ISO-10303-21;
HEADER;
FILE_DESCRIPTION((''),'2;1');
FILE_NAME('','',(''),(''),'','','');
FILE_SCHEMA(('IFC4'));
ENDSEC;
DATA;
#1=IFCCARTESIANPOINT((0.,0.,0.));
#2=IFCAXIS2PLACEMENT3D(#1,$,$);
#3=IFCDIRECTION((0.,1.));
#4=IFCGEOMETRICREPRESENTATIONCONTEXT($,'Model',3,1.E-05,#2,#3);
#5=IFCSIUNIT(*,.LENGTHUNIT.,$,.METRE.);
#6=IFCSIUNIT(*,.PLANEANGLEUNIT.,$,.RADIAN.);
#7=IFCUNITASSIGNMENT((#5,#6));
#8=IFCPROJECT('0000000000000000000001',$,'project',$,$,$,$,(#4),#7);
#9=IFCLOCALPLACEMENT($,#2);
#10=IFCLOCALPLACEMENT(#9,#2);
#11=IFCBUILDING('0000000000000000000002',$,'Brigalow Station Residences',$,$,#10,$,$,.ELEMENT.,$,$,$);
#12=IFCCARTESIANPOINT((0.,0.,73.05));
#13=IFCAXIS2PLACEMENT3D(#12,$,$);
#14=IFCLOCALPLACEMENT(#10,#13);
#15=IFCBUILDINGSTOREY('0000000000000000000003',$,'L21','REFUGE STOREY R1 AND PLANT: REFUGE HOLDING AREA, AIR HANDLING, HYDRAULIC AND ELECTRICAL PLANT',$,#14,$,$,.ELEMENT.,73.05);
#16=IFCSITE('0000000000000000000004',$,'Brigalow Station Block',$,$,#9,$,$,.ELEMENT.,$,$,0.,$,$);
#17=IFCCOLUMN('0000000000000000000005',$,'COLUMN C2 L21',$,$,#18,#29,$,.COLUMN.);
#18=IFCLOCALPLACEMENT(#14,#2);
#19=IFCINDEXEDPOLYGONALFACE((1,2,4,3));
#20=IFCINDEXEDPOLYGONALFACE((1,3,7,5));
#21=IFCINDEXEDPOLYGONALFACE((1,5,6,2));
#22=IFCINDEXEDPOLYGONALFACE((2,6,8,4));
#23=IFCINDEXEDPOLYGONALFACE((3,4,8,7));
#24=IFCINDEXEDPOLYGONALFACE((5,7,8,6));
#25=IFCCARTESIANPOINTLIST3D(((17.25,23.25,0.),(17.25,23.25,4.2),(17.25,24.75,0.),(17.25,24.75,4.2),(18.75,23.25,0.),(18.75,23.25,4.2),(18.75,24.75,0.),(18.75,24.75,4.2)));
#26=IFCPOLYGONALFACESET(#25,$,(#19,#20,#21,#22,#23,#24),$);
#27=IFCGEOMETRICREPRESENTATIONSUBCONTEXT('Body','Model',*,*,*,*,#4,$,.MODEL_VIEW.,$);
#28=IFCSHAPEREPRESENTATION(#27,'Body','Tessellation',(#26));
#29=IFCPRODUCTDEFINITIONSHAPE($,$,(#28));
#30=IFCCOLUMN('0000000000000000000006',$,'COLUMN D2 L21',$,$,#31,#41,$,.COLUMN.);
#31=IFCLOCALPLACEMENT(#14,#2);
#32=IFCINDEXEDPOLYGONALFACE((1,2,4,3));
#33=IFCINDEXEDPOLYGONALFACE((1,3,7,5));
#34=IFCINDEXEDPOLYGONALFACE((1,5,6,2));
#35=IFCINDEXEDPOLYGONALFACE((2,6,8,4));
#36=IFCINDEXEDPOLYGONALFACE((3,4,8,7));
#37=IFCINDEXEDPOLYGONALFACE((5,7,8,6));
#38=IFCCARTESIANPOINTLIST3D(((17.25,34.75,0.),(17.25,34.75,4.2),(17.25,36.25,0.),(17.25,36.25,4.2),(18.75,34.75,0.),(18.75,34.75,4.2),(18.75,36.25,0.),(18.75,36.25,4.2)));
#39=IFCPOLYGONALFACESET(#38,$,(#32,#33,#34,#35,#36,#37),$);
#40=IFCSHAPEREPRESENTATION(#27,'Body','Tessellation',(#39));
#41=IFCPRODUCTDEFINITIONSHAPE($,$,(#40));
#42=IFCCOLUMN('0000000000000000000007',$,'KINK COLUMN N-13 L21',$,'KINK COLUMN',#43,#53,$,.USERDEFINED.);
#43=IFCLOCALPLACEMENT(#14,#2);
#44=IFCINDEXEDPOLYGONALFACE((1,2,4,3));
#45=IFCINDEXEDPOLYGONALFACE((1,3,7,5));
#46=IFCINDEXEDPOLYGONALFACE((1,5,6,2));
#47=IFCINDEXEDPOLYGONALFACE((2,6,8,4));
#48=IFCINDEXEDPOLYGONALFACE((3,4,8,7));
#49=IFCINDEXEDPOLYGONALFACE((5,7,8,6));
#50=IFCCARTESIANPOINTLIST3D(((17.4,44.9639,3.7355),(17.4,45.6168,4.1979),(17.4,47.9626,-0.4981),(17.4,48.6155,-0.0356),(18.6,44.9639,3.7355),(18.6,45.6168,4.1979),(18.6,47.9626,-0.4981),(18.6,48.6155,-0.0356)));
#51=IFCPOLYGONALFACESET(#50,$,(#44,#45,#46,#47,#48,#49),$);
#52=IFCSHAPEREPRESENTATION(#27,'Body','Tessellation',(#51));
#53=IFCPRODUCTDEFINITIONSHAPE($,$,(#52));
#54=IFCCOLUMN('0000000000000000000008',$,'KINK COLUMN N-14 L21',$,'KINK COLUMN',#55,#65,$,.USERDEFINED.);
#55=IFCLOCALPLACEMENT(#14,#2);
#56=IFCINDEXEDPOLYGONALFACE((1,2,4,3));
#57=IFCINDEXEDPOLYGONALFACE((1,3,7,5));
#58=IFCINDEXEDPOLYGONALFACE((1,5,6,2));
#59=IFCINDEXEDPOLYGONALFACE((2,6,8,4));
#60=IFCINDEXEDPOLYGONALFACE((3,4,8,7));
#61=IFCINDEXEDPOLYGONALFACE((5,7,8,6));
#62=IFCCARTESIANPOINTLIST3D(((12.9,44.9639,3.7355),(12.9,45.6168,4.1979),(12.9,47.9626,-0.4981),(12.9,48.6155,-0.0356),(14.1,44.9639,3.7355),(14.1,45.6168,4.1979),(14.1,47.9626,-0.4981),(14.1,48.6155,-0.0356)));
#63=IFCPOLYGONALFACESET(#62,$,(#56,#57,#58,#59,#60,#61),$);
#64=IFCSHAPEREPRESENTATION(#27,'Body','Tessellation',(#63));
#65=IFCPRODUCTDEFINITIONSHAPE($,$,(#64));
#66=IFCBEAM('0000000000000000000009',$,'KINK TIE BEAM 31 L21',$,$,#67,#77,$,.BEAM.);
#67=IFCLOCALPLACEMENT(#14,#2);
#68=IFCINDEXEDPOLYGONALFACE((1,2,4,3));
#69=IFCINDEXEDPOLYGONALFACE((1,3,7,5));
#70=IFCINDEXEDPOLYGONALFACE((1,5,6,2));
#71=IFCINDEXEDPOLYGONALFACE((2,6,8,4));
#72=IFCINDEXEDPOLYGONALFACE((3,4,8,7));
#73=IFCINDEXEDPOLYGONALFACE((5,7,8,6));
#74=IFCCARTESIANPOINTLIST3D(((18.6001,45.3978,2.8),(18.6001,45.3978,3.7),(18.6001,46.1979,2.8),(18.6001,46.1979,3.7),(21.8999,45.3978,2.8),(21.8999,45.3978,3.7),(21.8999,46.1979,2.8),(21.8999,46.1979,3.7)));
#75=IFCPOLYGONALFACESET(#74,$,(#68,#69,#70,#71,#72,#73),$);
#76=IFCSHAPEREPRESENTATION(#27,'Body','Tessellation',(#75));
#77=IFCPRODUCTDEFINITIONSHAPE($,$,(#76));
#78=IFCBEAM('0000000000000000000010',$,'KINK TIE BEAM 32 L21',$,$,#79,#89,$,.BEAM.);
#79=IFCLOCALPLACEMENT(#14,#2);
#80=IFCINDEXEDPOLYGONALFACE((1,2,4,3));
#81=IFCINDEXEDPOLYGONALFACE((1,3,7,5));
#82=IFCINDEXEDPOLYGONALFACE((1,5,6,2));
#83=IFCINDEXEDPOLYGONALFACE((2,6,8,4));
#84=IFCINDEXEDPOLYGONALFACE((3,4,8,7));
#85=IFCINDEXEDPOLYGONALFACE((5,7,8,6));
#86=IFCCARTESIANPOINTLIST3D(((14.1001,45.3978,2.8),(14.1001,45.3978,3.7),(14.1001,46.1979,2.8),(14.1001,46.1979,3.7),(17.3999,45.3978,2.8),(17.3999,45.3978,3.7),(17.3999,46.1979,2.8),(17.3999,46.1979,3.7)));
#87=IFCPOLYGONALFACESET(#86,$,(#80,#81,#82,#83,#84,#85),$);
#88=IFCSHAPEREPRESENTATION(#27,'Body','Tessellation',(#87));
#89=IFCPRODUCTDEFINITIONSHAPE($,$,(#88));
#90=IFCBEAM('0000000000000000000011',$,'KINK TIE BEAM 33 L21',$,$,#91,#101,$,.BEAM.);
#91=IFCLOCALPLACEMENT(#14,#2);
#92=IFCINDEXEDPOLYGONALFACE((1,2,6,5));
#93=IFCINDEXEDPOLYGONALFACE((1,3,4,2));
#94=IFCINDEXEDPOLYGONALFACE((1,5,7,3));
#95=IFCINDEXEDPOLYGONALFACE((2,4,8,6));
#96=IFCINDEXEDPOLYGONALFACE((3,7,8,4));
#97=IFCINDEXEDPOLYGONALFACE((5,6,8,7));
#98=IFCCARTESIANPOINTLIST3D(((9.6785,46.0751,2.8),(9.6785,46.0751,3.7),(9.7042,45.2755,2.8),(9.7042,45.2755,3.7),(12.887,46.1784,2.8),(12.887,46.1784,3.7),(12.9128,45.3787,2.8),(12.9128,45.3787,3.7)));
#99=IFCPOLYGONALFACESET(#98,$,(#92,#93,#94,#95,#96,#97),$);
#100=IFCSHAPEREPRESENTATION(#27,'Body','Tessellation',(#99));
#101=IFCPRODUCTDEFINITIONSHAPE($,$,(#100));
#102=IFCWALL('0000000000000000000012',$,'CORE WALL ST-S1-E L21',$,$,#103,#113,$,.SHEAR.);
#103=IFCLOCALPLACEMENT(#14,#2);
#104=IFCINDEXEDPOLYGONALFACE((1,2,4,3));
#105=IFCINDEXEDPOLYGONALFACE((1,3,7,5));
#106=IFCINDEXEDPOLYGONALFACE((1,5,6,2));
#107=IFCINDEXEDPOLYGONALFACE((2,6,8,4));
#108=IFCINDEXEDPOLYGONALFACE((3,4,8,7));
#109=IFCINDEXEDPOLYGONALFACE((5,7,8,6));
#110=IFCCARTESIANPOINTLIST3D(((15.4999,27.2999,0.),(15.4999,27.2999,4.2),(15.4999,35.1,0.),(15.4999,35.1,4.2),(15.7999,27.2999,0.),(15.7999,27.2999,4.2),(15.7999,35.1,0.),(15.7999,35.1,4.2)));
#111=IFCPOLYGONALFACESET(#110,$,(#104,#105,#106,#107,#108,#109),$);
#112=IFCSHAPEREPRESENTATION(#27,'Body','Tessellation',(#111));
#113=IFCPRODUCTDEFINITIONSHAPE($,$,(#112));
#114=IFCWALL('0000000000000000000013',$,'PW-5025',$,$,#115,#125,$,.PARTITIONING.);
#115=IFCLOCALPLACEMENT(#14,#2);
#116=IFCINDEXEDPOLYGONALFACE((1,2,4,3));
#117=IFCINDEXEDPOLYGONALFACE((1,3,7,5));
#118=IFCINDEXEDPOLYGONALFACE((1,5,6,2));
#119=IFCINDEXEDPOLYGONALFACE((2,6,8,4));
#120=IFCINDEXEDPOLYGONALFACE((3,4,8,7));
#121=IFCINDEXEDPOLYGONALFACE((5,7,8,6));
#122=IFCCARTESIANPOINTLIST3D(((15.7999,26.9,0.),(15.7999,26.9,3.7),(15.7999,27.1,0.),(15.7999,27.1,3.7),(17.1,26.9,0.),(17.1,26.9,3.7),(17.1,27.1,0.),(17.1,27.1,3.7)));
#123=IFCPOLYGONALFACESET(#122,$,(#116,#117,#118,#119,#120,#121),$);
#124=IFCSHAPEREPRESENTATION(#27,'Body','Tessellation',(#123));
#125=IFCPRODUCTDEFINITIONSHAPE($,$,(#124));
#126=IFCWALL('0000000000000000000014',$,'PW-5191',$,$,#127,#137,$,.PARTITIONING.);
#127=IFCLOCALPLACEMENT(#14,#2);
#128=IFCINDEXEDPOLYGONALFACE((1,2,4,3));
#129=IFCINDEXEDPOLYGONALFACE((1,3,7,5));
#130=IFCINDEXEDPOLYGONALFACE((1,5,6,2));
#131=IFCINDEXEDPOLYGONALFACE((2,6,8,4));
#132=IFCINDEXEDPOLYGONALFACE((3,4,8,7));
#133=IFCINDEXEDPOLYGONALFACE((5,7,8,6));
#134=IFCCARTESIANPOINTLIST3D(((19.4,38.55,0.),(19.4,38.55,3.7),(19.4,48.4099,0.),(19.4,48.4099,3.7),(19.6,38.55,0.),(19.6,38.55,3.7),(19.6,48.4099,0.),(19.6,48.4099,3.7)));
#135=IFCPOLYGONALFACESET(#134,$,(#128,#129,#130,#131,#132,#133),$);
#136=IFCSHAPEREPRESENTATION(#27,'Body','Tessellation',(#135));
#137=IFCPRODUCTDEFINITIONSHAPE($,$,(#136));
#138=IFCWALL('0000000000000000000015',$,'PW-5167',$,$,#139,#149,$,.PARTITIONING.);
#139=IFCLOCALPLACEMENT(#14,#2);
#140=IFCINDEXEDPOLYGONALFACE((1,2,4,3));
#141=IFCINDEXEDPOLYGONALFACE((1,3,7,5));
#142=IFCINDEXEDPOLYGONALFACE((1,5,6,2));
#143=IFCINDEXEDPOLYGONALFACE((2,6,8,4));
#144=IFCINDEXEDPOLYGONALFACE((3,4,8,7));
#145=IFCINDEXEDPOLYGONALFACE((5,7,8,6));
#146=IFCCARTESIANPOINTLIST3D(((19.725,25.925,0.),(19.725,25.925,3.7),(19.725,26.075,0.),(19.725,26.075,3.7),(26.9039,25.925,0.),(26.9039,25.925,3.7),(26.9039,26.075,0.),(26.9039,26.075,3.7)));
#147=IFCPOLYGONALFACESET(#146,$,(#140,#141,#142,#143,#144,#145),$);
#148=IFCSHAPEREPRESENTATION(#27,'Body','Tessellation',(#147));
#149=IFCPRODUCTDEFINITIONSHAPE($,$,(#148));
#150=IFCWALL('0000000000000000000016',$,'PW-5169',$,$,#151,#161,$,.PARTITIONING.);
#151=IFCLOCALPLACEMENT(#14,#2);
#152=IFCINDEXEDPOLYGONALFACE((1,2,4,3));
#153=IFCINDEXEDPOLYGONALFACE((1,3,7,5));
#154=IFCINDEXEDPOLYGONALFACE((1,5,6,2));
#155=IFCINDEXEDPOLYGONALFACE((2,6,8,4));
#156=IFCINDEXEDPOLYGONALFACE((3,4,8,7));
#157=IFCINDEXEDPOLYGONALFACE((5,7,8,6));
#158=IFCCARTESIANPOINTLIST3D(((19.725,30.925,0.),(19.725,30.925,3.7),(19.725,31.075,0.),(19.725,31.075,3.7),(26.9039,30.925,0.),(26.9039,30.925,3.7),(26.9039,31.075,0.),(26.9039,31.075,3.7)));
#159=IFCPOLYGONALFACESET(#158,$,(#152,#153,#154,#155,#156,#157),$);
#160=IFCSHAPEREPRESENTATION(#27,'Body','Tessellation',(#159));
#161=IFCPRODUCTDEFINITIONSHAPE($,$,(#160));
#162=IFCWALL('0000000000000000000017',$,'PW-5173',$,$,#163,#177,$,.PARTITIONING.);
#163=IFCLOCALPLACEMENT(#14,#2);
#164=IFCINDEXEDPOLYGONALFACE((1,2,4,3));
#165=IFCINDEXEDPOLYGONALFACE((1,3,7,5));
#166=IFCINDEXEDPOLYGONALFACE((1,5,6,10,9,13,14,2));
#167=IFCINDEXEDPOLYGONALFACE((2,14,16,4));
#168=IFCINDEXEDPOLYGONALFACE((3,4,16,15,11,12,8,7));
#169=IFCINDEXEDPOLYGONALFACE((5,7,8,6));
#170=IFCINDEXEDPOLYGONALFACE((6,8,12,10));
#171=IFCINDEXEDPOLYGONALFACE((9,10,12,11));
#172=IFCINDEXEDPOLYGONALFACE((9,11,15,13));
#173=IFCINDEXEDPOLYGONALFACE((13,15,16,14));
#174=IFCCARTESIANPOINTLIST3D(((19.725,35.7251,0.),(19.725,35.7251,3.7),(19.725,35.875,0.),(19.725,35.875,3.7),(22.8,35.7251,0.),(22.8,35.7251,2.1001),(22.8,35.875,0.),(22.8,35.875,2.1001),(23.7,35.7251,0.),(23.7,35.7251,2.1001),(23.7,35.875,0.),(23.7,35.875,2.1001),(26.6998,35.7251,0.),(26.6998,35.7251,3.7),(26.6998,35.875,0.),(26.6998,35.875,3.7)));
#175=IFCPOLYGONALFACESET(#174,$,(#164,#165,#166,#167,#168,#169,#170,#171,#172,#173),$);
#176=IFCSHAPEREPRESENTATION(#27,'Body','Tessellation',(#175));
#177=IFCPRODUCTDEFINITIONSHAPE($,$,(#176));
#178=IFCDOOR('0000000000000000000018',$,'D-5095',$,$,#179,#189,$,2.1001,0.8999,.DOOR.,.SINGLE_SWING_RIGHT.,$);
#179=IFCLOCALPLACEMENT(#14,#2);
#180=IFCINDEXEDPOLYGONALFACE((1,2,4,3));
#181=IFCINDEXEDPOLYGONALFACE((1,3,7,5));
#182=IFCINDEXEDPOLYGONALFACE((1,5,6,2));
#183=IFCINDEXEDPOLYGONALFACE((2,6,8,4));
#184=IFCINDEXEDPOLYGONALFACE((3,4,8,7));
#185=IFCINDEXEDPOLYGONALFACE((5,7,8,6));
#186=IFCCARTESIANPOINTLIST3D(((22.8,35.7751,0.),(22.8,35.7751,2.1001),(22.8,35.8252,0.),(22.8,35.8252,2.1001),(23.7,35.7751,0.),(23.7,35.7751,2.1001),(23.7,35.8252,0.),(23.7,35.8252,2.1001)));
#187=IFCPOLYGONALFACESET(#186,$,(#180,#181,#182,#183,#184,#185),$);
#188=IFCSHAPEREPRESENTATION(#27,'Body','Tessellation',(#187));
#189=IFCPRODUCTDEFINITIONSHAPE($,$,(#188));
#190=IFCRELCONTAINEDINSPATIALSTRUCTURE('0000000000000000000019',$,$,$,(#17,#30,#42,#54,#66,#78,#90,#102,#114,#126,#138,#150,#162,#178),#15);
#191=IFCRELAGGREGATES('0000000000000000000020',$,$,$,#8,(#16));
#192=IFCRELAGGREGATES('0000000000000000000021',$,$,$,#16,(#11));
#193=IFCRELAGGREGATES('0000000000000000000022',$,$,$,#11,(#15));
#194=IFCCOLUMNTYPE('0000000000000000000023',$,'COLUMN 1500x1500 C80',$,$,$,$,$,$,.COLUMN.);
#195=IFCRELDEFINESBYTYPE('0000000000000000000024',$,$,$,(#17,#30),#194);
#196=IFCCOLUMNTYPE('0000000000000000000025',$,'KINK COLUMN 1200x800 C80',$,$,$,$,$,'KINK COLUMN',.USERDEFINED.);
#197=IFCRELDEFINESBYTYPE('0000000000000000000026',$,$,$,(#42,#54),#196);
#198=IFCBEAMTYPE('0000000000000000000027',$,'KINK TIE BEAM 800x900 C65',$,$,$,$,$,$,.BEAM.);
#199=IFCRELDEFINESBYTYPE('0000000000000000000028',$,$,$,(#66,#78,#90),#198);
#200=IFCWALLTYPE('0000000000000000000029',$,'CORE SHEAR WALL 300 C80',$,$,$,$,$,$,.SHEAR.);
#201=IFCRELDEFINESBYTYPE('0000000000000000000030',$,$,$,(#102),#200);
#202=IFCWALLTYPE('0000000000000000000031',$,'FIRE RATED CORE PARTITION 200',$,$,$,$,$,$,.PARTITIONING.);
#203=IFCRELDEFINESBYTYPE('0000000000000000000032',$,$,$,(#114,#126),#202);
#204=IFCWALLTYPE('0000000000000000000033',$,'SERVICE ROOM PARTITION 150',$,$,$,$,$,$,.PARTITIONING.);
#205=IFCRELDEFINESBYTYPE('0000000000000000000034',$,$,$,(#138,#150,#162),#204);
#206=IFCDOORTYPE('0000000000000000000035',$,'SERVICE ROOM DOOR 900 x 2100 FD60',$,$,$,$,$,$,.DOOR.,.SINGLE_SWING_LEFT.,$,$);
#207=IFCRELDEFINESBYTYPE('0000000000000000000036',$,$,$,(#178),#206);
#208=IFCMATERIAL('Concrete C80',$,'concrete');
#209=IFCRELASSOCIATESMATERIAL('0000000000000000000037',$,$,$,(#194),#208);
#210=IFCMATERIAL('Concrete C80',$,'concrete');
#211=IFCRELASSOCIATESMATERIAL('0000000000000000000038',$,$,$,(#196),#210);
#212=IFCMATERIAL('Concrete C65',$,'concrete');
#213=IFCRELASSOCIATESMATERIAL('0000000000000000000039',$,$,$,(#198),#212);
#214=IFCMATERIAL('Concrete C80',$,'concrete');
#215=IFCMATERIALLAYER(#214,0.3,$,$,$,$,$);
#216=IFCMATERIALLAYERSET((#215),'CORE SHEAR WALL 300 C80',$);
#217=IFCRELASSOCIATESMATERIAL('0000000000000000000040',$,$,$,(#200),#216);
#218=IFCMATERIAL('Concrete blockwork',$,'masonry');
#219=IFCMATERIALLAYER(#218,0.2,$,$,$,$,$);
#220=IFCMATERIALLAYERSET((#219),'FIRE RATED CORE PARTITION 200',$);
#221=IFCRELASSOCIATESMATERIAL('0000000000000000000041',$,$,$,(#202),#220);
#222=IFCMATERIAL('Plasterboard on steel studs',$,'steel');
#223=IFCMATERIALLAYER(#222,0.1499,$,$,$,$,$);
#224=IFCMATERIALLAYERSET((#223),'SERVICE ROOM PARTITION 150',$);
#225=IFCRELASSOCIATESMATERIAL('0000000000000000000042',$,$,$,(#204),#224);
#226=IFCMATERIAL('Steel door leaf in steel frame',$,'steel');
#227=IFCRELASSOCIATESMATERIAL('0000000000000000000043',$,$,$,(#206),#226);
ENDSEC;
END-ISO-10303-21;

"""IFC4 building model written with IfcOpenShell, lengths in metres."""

from ifc_helpers import new_model, si_unit, direction, frame, frame_2d, origin, origin_2d, place, context, subcontext, project, spatial, rectangle, extrude, material, layer, layer_set, material_profile, profile_set, type_object, element, fill, save


model = new_model("IFC4")

# Units and contexts
model_context = context("Model", 3, precision=1e-05, world=origin(), true_north=direction((0.0, 1.0)))
body_context = subcontext(model_context, "Body", "Model", "MODEL_VIEW")
ifc_project = project(units=[si_unit("LENGTHUNIT", "METRE"), si_unit("PLANEANGLEUNIT", "RADIAN")], contexts=[model_context])

# Site, building, storey
site_placement = place(None, origin())
site = spatial("IfcSite", under=ifc_project, at=site_placement, Name="Brigalow Station Block", CompositionType="ELEMENT", RefElevation=0.0)
building_placement = place(site_placement, origin())
building = spatial("IfcBuilding", under=site, at=building_placement, Name="Brigalow Station Residences", CompositionType="ELEMENT")
storey_placement = place(building_placement, frame((0.0, 0.0, 73.05)))
storey = spatial("IfcBuildingStorey", under=building, at=storey_placement, Name="L21", Description="REFUGE STOREY R1 AND PLANT: REFUGE HOLDING AREA, AIR HANDLING, HYDRAULIC AND ELECTRICAL PLANT", CompositionType="ELEMENT", Elevation=73.05)

# Columns
ifc_material_1 = material(Name="Concrete C80", Category="concrete")
ifc_material_profile_1 = material_profile(ifc_material_1, rectangle(XDim=1.5, YDim=1.5, at=origin_2d()), Name="RC1500x1500")
ifc_profile_set_1 = profile_set([ifc_material_profile_1], Name="Concrete C80")
column_type_1 = type_object("IfcColumnType", Name="COLUMN 1500x1500 C80", PredefinedType="COLUMN", material=ifc_profile_set_1)
for number, where, z_axis, x_axis, name in (
    (1, (18.0, 24.0, 0.0), (0.0, 0.0, 1.0), (1.0, 0.0, 0.0), "COLUMN C2 L21"),
    (2, (18.0, 35.5, 0.0), (0.0, 0.0, 1.0), (1.0, 0.0, 0.0), "COLUMN D2 L21"),
):
    element("IfcColumn", number, at=place(storey_placement, frame(where, z_axis=z_axis, x_axis=x_axis)), inside=storey, type_object=column_type_1, Name=name, PredefinedType="COLUMN", context=body_context, shape_type="SweptSolid", body=[
        extrude(rectangle(XDim=1.5, YDim=1.5, at=origin_2d()), origin(), (0.0, 0.0, 1.0), 4.2),
    ])
ifc_material_2 = material(Name="Concrete C80", Category="concrete")
ifc_material_profile_2 = material_profile(ifc_material_2, rectangle(XDim=1.2, YDim=0.8, at=origin_2d()), Name="RC1200x800")
ifc_profile_set_2 = profile_set([ifc_material_profile_2], Name="Concrete C80")
column_type_2 = type_object("IfcColumnType", Name="KINK COLUMN 1200x800 C80", ElementType="KINK COLUMN", PredefinedType="USERDEFINED", material=ifc_profile_set_2)
for number, where, z_axis, x_axis, name in (
    (3, (18.0, 48.2891, -0.2668), (0.0, -0.578011, 0.816029), (1.0, 0.0, 0.0), "KINK COLUMN N-13 L21"),
    (4, (13.5, 48.2891, -0.2668), (0.0, -0.578011, 0.816029), (1.0, 0.0, 0.0), "KINK COLUMN N-14 L21"),
):
    element("IfcColumn", number, at=place(storey_placement, frame(where, z_axis=z_axis, x_axis=x_axis)), inside=storey, type_object=column_type_2, Name=name, ObjectType="KINK COLUMN", PredefinedType="USERDEFINED", context=body_context, shape_type="SweptSolid", body=[
        extrude(rectangle(XDim=1.2, YDim=0.8, at=origin_2d()), origin(), (0.0, 0.0, 1.0), 5.188),
    ])

# Beams
ifc_material_3 = material(Name="Concrete C65", Category="concrete")
ifc_material_profile_3 = material_profile(ifc_material_3, rectangle(XDim=0.8, YDim=0.8999, at=origin_2d()), Name="RC800x900")
ifc_profile_set_3 = profile_set([ifc_material_profile_3], Name="Concrete C65")
beam_type = type_object("IfcBeamType", Name="KINK TIE BEAM 800x900 C65", PredefinedType="BEAM", material=ifc_profile_set_3)
for number, where, z_axis, x_axis, name in (
    (5, (21.8999, 45.7979, 3.25), (-1.0, 0.0, 0.0), (0.0, -1.0, 0.0), "KINK TIE BEAM 31 L21"),
    (6, (17.3999, 45.7979, 3.25), (-1.0, 0.0, 0.0), (0.0, -1.0, 0.0), "KINK TIE BEAM 32 L21"),
):
    element("IfcBeam", number, at=place(storey_placement, frame(where, z_axis=z_axis, x_axis=x_axis)), inside=storey, type_object=beam_type, Name=name, PredefinedType="BEAM", context=body_context, shape_type="SweptSolid", body=[
        extrude(rectangle(XDim=0.8, YDim=0.8999, at=origin_2d()), origin(), (0.0, 0.0, 1.0), 3.2998),
    ])
beam_placement = place(storey_placement, frame((12.8999, 45.7786, 3.25), z_axis=(-0.999482, -0.03217, 0.0), x_axis=(0.03217, -0.999482, 0.0)))
element("IfcBeam", 7, at=beam_placement, inside=storey, type_object=beam_type, Name="KINK TIE BEAM 33 L21", PredefinedType="BEAM", context=body_context, shape_type="SweptSolid", body=[
    extrude(rectangle(XDim=0.8, YDim=0.8999, at=origin_2d()), origin(), (0.0, 0.0, 1.0), 3.2102),
])

# Walls
ifc_material_4 = material(Name="Concrete C80", Category="concrete")
ifc_layer_1 = layer(ifc_material_4, 0.3)
ifc_layer_set_1 = layer_set([ifc_layer_1], Name="CORE SHEAR WALL 300 C80")
wall_type_1 = type_object("IfcWallType", Name="CORE SHEAR WALL 300 C80", PredefinedType="SHEAR", material=ifc_layer_set_1)
wall_1_placement = place(storey_placement, frame((15.6499, 27.3, 0.0), z_axis=(0.0, 0.0, 1.0), x_axis=(0.0, 1.0, 0.0)))
element("IfcWall", 8, at=wall_1_placement, inside=storey, type_object=wall_type_1, Name="CORE WALL ST-S1-E L21", PredefinedType="SHEAR", context=body_context, shape_type="SweptSolid", body=[
    extrude(rectangle(XDim=7.8, YDim=0.3, at=frame_2d((3.8999, 0.0))), origin(), (0.0, 0.0, 1.0), 4.2),
])
ifc_material_5 = material(Name="Concrete blockwork", Category="masonry")
ifc_layer_2 = layer(ifc_material_5, 0.2)
ifc_layer_set_2 = layer_set([ifc_layer_2], Name="FIRE RATED CORE PARTITION 200")
wall_type_2 = type_object("IfcWallType", Name="FIRE RATED CORE PARTITION 200", PredefinedType="PARTITIONING", material=ifc_layer_set_2)
wall_2_placement = place(storey_placement, frame((15.8, 27.0, 0.0), z_axis=(0.0, 0.0, 1.0), x_axis=(1.0, 0.0, 0.0)))
element("IfcWall", 9, at=wall_2_placement, inside=storey, type_object=wall_type_2, Name="PW-5025", PredefinedType="PARTITIONING", context=body_context, shape_type="SweptSolid", body=[
    extrude(rectangle(XDim=1.3, YDim=0.2, at=frame_2d((0.6499, 0.0))), origin(), (0.0, 0.0, 1.0), 3.7),
])
wall_3_placement = place(storey_placement, frame((19.5, 38.55, 0.0), z_axis=(0.0, 0.0, 1.0), x_axis=(0.0, 1.0, 0.0)))
element("IfcWall", 10, at=wall_3_placement, inside=storey, type_object=wall_type_2, Name="PW-5191", PredefinedType="PARTITIONING", context=body_context, shape_type="SweptSolid", body=[
    extrude(rectangle(XDim=9.8599, YDim=0.2, at=frame_2d((4.9299, 0.0))), origin(), (0.0, 0.0, 1.0), 3.7),
])
ifc_material_6 = material(Name="Plasterboard on steel studs", Category="steel")
ifc_layer_3 = layer(ifc_material_6, 0.1499)
ifc_layer_set_3 = layer_set([ifc_layer_3], Name="SERVICE ROOM PARTITION 150")
wall_type_3 = type_object("IfcWallType", Name="SERVICE ROOM PARTITION 150", PredefinedType="PARTITIONING", material=ifc_layer_set_3)
for number, where, z_axis, x_axis, name in (
    (11, (19.7251, 26.0, 0.0), (0.0, 0.0, 1.0), (1.0, 0.0, 0.0), "PW-5167"),
    (12, (19.7251, 31.0, 0.0), (0.0, 0.0, 1.0), (1.0, 0.0, 0.0), "PW-5169"),
):
    element("IfcWall", number, at=place(storey_placement, frame(where, z_axis=z_axis, x_axis=x_axis)), inside=storey, type_object=wall_type_3, Name=name, PredefinedType="PARTITIONING", context=body_context, shape_type="SweptSolid", body=[
        extrude(rectangle(XDim=7.179, YDim=0.1499, at=frame_2d((3.5894, 0.0))), origin(), (0.0, 0.0, 1.0), 3.7),
    ])

# Wall, opening, door
wall_4_placement = place(storey_placement, frame((19.7251, 35.8, 0.0), z_axis=(0.0, 0.0, 1.0), x_axis=(1.0, 0.0, 0.0)))
wall_4 = element("IfcWall", 13, at=wall_4_placement, inside=storey, type_object=wall_type_3, Name="PW-5173", PredefinedType="PARTITIONING", context=body_context, shape_type="SweptSolid", body=[
    extrude(rectangle(XDim=6.9749, YDim=0.1499, at=frame_2d((3.4873, 0.0))), origin(), (0.0, 0.0, 1.0), 3.7),
])
opening_1_placement = place(wall_4_placement, frame((3.075, 0.0, 0.0)))
opening_1 = element("IfcOpeningElement", 14, at=opening_1_placement, cuts=wall_4, PredefinedType="OPENING", context=body_context, shape_type="SweptSolid", body=[
    extrude(rectangle(XDim=0.8999, YDim=2.1001, at=frame_2d((0.45, 1.05))), frame((0.0, 0.085, 0.0), z_axis=(0.0, -1.0, 0.0), x_axis=(1.0, 0.0, 0.0)), (0.0, 0.0, 1.0), 0.1699),
])
ifc_material_7 = material(Name="Steel door leaf in steel frame", Category="steel")
door_type = type_object("IfcDoorType", Name="SERVICE ROOM DOOR 900 x 2100 FD60", OperationType="SINGLE_SWING_LEFT", PredefinedType="DOOR", material=ifc_material_7)
door_1_placement = place(opening_1_placement, frame((0.8999, 0.0, 0.0), z_axis=(0.0, 0.0, 1.0), x_axis=(-1.0, 0.0, 0.0)))
door_1 = element("IfcDoor", 15, at=door_1_placement, inside=storey, type_object=door_type, Name="D-5095", OperationType="SINGLE_SWING_RIGHT", OverallHeight=2.1001, OverallWidth=0.8999, PredefinedType="DOOR", context=body_context, shape_type="SweptSolid", body=[
    extrude(rectangle(XDim=0.8999, YDim=2.1001, at=frame_2d((0.45, 1.05))), frame((0.0, 0.0249, 0.0), z_axis=(0.0, -1.0, 0.0), x_axis=(1.0, 0.0, 0.0)), (0.0, 0.0, 1.0), 0.05),
])
fill(opening_1, door_1)

save(model, "model.ifc")
